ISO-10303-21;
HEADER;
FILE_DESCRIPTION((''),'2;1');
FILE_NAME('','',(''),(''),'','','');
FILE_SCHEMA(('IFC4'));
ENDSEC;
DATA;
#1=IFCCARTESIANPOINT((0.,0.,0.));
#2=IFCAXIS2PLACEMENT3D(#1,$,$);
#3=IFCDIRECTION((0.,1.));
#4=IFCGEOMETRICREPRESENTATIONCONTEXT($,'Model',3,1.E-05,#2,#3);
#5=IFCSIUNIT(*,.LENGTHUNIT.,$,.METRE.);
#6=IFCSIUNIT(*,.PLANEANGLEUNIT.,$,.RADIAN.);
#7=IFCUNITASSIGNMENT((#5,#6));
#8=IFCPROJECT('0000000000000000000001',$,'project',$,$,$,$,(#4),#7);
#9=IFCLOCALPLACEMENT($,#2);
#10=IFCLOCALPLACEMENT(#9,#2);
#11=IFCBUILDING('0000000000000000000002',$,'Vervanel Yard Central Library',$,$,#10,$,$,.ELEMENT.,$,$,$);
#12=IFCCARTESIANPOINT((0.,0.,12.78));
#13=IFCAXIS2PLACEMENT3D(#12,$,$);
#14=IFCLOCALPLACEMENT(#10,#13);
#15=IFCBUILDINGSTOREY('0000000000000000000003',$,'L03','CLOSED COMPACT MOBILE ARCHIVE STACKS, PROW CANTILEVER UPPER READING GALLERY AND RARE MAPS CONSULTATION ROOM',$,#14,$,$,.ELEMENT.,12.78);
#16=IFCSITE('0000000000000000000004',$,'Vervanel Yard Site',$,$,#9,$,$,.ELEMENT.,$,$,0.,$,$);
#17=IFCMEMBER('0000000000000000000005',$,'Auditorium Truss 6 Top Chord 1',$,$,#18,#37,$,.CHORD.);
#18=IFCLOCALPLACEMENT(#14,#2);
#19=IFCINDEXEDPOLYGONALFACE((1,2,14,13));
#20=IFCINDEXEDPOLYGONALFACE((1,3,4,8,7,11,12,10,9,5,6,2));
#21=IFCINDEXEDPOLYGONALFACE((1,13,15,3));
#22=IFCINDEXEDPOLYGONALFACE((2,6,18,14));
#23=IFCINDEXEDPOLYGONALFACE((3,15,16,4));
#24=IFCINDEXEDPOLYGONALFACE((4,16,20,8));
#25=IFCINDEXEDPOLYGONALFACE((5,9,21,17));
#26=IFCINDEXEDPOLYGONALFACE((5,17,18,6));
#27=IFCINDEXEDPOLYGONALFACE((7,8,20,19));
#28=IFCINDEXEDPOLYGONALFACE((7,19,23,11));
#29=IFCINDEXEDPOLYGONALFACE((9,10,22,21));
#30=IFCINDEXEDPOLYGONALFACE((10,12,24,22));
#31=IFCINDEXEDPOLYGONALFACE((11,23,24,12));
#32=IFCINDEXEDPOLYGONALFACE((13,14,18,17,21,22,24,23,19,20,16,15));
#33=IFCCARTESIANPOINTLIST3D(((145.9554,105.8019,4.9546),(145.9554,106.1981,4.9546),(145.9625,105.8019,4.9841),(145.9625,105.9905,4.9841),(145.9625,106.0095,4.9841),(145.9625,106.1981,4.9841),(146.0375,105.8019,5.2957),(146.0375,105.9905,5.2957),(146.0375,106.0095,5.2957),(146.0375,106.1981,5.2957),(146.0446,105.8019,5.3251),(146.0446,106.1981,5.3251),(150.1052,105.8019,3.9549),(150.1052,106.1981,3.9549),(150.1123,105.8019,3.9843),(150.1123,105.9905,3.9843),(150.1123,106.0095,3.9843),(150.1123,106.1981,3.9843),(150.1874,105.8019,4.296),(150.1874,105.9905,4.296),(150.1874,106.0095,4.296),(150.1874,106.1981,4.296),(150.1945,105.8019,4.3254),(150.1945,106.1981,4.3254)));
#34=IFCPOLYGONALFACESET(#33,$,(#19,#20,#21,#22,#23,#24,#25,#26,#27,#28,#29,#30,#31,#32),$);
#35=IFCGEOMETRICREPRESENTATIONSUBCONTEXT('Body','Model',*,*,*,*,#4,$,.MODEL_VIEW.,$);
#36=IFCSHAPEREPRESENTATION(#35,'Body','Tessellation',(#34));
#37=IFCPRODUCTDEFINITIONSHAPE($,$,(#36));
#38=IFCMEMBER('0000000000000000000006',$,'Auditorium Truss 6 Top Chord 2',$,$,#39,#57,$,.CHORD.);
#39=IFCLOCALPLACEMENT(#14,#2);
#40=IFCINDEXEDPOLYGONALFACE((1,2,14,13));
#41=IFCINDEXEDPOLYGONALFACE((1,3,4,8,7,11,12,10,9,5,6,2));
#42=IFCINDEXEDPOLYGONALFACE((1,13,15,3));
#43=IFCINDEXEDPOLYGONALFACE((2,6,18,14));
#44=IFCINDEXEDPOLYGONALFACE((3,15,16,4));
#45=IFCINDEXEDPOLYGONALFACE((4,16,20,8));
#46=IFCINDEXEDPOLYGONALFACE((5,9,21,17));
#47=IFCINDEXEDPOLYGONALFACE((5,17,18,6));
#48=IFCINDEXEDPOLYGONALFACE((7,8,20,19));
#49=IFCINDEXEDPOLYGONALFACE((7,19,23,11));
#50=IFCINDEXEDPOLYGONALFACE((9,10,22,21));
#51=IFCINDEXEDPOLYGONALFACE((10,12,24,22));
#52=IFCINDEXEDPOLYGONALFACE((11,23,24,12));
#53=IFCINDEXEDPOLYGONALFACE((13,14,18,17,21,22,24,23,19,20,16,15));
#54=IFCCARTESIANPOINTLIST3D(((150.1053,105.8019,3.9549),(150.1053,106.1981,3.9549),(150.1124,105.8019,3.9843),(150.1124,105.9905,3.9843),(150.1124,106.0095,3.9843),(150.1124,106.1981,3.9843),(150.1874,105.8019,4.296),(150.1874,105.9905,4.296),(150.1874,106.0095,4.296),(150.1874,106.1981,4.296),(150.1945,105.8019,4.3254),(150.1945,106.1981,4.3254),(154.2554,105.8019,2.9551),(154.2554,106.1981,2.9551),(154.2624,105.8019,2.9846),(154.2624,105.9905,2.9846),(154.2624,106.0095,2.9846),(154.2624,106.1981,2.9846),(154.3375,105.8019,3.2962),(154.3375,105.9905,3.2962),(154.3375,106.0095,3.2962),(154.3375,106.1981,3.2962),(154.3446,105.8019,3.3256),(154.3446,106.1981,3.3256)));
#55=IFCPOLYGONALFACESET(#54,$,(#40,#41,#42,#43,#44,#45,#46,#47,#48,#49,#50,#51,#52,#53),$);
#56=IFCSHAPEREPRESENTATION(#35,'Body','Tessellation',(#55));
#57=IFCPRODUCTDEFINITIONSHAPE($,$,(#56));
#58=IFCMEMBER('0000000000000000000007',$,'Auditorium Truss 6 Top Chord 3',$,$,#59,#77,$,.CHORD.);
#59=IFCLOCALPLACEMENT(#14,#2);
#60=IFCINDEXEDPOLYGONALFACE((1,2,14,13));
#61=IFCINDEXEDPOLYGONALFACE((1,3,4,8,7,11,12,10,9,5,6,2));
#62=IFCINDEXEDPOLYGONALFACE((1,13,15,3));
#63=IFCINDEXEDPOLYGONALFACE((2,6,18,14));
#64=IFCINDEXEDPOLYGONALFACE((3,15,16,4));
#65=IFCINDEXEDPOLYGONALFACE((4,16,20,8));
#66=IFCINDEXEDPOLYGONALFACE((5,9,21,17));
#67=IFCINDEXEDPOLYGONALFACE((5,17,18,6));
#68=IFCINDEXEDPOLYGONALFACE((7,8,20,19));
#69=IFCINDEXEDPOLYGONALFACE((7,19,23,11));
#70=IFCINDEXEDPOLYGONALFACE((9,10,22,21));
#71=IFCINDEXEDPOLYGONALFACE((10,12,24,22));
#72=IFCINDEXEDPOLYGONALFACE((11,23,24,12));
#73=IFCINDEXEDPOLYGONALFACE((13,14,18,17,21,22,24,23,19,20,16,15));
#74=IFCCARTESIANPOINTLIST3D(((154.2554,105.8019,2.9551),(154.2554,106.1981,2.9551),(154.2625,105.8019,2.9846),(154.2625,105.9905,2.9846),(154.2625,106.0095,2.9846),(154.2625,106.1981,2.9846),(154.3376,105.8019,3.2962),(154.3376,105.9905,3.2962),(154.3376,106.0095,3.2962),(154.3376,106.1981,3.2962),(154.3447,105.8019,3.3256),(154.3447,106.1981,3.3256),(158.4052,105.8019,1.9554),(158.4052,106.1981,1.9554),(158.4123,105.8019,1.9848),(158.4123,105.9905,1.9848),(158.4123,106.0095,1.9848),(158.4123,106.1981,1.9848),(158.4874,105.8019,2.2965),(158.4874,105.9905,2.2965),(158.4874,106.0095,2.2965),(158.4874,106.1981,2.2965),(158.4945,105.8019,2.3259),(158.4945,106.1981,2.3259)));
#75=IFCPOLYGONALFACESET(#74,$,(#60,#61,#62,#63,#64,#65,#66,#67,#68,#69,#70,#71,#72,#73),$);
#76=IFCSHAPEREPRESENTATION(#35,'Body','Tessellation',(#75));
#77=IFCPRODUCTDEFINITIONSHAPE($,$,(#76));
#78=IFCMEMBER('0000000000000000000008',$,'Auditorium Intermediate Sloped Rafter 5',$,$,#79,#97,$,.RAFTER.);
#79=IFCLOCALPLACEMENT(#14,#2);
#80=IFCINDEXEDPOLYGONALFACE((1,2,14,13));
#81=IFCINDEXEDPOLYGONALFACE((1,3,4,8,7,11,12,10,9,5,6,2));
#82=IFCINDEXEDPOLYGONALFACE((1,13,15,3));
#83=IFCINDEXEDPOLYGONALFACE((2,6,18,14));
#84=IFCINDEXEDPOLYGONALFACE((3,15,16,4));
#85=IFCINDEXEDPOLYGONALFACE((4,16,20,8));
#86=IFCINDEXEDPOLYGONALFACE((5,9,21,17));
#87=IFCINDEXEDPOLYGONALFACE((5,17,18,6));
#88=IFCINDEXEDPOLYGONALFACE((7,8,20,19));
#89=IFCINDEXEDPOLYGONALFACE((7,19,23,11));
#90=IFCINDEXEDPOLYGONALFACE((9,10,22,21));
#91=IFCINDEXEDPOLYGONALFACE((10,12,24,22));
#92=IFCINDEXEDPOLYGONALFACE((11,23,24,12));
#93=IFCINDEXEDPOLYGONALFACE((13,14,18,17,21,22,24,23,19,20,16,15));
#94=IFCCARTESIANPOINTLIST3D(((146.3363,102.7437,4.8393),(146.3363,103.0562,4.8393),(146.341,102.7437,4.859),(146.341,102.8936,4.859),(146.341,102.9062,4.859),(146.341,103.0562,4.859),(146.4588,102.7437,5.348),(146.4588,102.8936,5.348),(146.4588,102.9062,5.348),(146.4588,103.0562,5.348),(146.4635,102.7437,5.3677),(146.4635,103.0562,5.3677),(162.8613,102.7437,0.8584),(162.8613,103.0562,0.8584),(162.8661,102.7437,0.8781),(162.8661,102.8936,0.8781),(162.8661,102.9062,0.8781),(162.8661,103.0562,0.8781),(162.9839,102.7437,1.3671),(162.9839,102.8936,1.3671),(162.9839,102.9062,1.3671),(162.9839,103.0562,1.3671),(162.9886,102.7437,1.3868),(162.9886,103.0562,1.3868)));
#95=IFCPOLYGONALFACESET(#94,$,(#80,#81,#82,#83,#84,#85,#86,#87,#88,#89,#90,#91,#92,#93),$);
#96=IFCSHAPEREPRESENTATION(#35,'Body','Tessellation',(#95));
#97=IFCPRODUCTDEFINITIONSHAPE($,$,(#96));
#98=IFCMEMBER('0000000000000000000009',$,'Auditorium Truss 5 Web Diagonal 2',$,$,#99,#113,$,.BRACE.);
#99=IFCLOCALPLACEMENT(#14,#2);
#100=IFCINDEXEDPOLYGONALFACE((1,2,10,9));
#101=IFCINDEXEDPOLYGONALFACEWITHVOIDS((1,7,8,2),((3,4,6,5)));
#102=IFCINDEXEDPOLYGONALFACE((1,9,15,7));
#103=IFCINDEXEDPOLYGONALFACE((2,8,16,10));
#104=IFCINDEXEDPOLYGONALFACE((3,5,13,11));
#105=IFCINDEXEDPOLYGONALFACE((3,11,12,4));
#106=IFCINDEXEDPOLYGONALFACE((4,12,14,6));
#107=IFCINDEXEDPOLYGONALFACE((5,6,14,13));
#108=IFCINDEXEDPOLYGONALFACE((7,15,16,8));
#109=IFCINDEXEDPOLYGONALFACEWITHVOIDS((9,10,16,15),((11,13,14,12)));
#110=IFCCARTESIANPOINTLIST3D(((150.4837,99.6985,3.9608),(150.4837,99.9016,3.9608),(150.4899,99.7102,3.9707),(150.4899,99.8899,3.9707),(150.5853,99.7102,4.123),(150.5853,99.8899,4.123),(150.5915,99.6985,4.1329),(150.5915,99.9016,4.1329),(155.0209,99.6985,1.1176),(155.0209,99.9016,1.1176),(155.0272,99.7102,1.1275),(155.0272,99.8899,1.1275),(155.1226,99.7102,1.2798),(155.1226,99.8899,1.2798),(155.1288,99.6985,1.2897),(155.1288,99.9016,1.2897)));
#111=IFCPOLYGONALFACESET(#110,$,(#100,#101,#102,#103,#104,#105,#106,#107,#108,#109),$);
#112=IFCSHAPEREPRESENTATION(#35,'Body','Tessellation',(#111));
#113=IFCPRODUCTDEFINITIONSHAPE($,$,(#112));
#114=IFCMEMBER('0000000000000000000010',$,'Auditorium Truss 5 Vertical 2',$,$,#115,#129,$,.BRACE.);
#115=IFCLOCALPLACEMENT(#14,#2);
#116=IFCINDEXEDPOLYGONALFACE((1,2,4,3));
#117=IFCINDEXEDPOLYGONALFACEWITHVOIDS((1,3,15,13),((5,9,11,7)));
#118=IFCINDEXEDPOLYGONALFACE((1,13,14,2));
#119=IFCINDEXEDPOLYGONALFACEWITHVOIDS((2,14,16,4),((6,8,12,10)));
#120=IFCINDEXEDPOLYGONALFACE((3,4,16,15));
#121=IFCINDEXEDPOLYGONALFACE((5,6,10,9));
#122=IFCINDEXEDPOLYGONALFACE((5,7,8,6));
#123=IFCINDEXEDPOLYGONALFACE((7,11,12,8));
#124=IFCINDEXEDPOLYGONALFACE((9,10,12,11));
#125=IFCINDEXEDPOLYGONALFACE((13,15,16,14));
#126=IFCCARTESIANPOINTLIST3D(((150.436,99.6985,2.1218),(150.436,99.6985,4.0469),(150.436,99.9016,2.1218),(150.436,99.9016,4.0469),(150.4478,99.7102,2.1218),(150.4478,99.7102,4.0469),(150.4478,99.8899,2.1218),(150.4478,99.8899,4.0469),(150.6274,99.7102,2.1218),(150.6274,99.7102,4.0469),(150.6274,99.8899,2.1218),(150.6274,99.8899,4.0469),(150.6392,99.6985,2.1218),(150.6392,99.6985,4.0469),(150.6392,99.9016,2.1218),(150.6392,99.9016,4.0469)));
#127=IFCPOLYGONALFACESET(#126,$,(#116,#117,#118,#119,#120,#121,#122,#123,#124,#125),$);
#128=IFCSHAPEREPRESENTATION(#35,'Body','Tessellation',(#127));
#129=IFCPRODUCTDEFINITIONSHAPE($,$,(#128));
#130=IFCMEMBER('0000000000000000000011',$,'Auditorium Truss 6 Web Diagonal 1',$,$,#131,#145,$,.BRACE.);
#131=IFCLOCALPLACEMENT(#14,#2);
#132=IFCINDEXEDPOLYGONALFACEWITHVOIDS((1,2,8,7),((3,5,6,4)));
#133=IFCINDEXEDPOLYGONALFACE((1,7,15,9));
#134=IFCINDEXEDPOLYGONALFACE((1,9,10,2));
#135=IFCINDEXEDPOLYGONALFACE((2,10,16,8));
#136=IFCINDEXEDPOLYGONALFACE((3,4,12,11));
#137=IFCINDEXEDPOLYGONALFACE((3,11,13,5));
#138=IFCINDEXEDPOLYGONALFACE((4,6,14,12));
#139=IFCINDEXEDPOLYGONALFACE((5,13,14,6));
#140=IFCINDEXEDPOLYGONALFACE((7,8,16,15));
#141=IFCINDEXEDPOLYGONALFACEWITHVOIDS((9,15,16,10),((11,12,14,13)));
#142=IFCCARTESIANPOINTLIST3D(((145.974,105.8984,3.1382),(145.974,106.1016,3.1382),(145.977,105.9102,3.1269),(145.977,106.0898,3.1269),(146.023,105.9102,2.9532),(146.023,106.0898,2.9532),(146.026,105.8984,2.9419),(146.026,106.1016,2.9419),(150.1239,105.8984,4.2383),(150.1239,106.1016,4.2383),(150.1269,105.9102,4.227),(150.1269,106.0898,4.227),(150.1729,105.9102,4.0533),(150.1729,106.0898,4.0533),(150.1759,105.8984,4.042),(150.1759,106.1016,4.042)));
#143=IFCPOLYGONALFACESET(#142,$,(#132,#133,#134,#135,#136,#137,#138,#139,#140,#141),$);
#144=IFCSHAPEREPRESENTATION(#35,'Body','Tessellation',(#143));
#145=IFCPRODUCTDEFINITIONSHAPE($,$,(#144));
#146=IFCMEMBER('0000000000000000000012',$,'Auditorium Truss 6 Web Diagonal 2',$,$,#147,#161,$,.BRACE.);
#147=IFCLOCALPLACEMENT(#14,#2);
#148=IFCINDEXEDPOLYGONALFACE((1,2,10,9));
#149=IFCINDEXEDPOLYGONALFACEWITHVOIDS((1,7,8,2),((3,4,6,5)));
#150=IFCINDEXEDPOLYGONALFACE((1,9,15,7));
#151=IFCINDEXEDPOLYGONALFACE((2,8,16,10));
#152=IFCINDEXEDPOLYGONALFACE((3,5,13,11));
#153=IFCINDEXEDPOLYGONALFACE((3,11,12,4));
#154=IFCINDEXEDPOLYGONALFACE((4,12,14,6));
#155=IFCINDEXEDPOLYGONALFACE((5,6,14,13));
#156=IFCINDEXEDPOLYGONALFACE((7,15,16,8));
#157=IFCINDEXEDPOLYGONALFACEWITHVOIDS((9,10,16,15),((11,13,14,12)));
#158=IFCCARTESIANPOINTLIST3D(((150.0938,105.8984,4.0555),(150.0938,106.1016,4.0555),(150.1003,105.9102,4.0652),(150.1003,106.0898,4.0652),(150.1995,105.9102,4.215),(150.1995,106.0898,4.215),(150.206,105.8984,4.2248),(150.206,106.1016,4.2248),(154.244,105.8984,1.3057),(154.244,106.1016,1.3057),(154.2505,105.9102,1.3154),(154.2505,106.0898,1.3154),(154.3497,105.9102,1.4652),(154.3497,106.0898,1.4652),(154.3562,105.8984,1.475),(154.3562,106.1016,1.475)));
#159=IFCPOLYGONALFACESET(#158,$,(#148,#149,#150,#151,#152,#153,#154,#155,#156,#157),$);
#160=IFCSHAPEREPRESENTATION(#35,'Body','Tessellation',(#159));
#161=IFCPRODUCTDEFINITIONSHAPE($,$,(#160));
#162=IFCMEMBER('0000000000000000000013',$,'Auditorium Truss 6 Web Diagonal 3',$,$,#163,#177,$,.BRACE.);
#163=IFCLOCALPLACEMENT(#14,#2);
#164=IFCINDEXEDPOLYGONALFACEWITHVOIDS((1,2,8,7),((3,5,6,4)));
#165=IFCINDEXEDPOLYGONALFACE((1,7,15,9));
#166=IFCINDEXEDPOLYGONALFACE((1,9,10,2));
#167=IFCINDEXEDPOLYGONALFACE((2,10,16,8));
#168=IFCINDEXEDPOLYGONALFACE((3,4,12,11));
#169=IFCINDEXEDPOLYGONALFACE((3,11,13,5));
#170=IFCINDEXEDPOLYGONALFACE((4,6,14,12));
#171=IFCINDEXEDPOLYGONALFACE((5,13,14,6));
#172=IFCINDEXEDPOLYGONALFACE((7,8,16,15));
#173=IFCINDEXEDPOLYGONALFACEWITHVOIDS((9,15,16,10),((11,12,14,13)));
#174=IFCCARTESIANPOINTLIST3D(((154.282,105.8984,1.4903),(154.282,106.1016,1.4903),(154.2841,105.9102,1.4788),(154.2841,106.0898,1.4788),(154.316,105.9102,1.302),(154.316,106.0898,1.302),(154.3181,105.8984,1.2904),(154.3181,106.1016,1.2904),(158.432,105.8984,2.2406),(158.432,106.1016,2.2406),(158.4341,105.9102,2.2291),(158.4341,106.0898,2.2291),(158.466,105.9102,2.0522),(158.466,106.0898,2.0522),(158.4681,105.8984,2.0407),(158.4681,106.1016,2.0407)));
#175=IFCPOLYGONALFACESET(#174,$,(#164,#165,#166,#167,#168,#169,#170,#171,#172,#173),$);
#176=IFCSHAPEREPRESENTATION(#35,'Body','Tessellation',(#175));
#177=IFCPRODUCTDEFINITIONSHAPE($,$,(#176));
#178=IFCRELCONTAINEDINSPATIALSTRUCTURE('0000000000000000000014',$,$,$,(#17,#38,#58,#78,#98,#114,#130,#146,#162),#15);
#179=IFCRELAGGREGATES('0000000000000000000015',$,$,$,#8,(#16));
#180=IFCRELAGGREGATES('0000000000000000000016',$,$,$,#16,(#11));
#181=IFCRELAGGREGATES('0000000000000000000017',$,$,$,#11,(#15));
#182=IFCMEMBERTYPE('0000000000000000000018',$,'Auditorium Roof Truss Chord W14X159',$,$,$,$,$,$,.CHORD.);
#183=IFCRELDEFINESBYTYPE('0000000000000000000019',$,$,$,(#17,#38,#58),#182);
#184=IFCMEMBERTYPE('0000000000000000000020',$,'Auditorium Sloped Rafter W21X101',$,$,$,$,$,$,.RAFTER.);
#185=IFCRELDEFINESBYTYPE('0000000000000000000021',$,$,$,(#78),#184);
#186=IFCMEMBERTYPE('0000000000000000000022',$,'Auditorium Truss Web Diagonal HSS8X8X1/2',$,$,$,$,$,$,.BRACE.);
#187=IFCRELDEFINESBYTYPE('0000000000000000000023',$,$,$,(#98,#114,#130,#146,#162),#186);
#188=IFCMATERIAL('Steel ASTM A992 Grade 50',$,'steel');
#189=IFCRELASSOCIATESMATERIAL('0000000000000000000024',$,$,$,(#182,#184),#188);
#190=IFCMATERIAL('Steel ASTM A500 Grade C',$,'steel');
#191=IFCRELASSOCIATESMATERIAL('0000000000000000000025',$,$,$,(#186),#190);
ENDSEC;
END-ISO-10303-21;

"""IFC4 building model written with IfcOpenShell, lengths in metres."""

from ifc_helpers import new_model, si_unit, direction, frame, origin, origin_2d, place, context, subcontext, project, spatial, hollow_rectangle, i_section, extrude, material, material_profile, profile_set, type_object, element, save


model = new_model("IFC4")

# Units and contexts
model_context = context("Model", 3, precision=1e-05, world=origin(), true_north=direction((0.0, 1.0)))
body_context = subcontext(model_context, "Body", "Model", "MODEL_VIEW")
ifc_project = project(units=[si_unit("LENGTHUNIT", "METRE"), si_unit("PLANEANGLEUNIT", "RADIAN")], contexts=[model_context])

# Site, building, storey
site_placement = place(None, origin())
site = spatial("IfcSite", under=ifc_project, at=site_placement, Name="Vervanel Yard Site", CompositionType="ELEMENT", RefElevation=0.0)
building_placement = place(site_placement, origin())
building = spatial("IfcBuilding", under=site, at=building_placement, Name="Vervanel Yard Central Library", CompositionType="ELEMENT")
storey_placement = place(building_placement, frame((0.0, 0.0, 12.78)))
storey = spatial("IfcBuildingStorey", under=building, at=storey_placement, Name="L03", Description="CLOSED COMPACT MOBILE ARCHIVE STACKS, PROW CANTILEVER UPPER READING GALLERY AND RARE MAPS CONSULTATION ROOM", CompositionType="ELEMENT", Elevation=12.78)

# Shared definitions
ifc_material_1 = material(Name="Steel ASTM A992 Grade 50", Category="steel")

# Members
ifc_material_profile_1 = material_profile(ifc_material_1, i_section(OverallWidth=0.3962, OverallDepth=0.3811, WebThickness=0.019, FlangeThickness=0.0303, at=origin_2d()), Name="W14X159", Category="steel")
ifc_profile_set_1 = profile_set([ifc_material_profile_1], Name="Steel ASTM A992 Grade 50")
member_type_1 = type_object("IfcMemberType", Name="Auditorium Roof Truss Chord W14X159", PredefinedType="CHORD", material=ifc_profile_set_1)
member_1_placement = place(storey_placement, frame((146.0, 106.0, 5.1399), z_axis=(0.972186, 0.0, -0.23421), x_axis=(0.0, 1.0, 0.0)))
element("IfcMember", 1, at=member_1_placement, inside=storey, type_object=member_type_1, Name="Auditorium Truss 6 Top Chord 1", PredefinedType="CHORD", context=body_context, shape_type="SweptSolid", body=[
    extrude(i_section(OverallWidth=0.3962, OverallDepth=0.3811, WebThickness=0.019, FlangeThickness=0.0303, at=origin_2d()), origin(), (0.0, 0.0, 1.0), 4.2686),
])
member_2_placement = place(storey_placement, frame((150.1499, 106.0, 4.1401), z_axis=(0.972189, 0.0, -0.234197), x_axis=(0.0, 1.0, 0.0)))
element("IfcMember", 2, at=member_2_placement, inside=storey, type_object=member_type_1, Name="Auditorium Truss 6 Top Chord 2", PredefinedType="CHORD", context=body_context, shape_type="SweptSolid", body=[
    extrude(i_section(OverallWidth=0.3962, OverallDepth=0.3811, WebThickness=0.019, FlangeThickness=0.0303, at=origin_2d()), origin(), (0.0, 0.0, 1.0), 4.2688),
])
member_3_placement = place(storey_placement, frame((154.3, 106.0, 3.1404), z_axis=(0.972186, 0.0, -0.23421), x_axis=(0.0, 1.0, 0.0)))
element("IfcMember", 3, at=member_3_placement, inside=storey, type_object=member_type_1, Name="Auditorium Truss 6 Top Chord 3", PredefinedType="CHORD", context=body_context, shape_type="SweptSolid", body=[
    extrude(i_section(OverallWidth=0.3962, OverallDepth=0.3811, WebThickness=0.019, FlangeThickness=0.0303, at=origin_2d()), origin(), (0.0, 0.0, 1.0), 4.2686),
])
ifc_material_profile_2 = material_profile(ifc_material_1, i_section(OverallWidth=0.3125, OverallDepth=0.5435, WebThickness=0.0127, FlangeThickness=0.0203, at=origin_2d()), Name="W21X101", Category="steel")
ifc_profile_set_2 = profile_set([ifc_material_profile_2], Name="Steel ASTM A992 Grade 50")
member_type_2 = type_object("IfcMemberType", Name="Auditorium Sloped Rafter W21X101", PredefinedType="RAFTER", material=ifc_profile_set_2)
member_4_placement = place(storey_placement, frame((146.3999, 102.8999, 5.1035), z_axis=(0.972188, 0.0, -0.234203), x_axis=(0.0, 1.0, 0.0)))
element("IfcMember", 4, at=member_4_placement, inside=storey, type_object=member_type_2, Name="Auditorium Intermediate Sloped Rafter 5", PredefinedType="RAFTER", context=body_context, shape_type="SweptSolid", body=[
    extrude(i_section(OverallWidth=0.3125, OverallDepth=0.5435, WebThickness=0.0127, FlangeThickness=0.0203, at=origin_2d()), origin(), (0.0, 0.0, 1.0), 16.9978),
])
ifc_material_2 = material(Name="Steel ASTM A500 Grade C", Category="steel")
ifc_material_profile_3 = material_profile(ifc_material_2, hollow_rectangle(XDim=0.2031, YDim=0.2031, WallThickness=0.0117, at=origin_2d()), Name="HSS8X8X1/2", Category="steel")
ifc_profile_set_3 = profile_set([ifc_material_profile_3], Name="Steel ASTM A500 Grade C")
member_type_3 = type_object("IfcMemberType", Name="Auditorium Truss Web Diagonal HSS8X8X1/2", PredefinedType="BRACE", material=ifc_profile_set_3)
member_5_placement = place(storey_placement, frame((150.5376, 99.8, 4.0469), z_axis=(0.847375, 0.0, -0.530994), x_axis=(0.0, 1.0, 0.0)))
element("IfcMember", 5, at=member_5_placement, inside=storey, type_object=member_type_3, Name="Auditorium Truss 5 Web Diagonal 2", PredefinedType="BRACE", context=body_context, shape_type="SweptSolid", body=[
    extrude(hollow_rectangle(XDim=0.2031, YDim=0.2031, WallThickness=0.0117, at=origin_2d()), origin(), (0.0, 0.0, 1.0), 5.3545),
])
member_6_placement = place(storey_placement, frame((150.5376, 99.8, 2.1218), z_axis=(0.0, 0.0, 1.0), x_axis=(1.0, 0.0, 0.0)))
element("IfcMember", 6, at=member_6_placement, inside=storey, type_object=member_type_3, Name="Auditorium Truss 5 Vertical 2", PredefinedType="BRACE", context=body_context, shape_type="SweptSolid", body=[
    extrude(hollow_rectangle(XDim=0.2031, YDim=0.2031, WallThickness=0.0117, at=origin_2d()), origin(), (0.0, 0.0, 1.0), 1.925),
])
member_7_placement = place(storey_placement, frame((146.0, 106.0, 3.04), z_axis=(0.966613, 0.0, 0.25624), x_axis=(0.0, 1.0, 0.0)))
element("IfcMember", 7, at=member_7_placement, inside=storey, type_object=member_type_3, Name="Auditorium Truss 6 Web Diagonal 1", PredefinedType="BRACE", context=body_context, shape_type="SweptSolid", body=[
    extrude(hollow_rectangle(XDim=0.2031, YDim=0.2031, WallThickness=0.0117, at=origin_2d()), origin(), (0.0, 0.0, 1.0), 4.2932),
])
member_8_placement = place(storey_placement, frame((150.1499, 106.0, 4.1401), z_axis=(0.833624, 0.0, -0.552333), x_axis=(0.0, 1.0, 0.0)))
element("IfcMember", 8, at=member_8_placement, inside=storey, type_object=member_type_3, Name="Auditorium Truss 6 Web Diagonal 2", PredefinedType="BRACE", context=body_context, shape_type="SweptSolid", body=[
    extrude(hollow_rectangle(XDim=0.2031, YDim=0.2031, WallThickness=0.0117, at=origin_2d()), origin(), (0.0, 0.0, 1.0), 4.9785),
])
member_9_placement = place(storey_placement, frame((154.3, 106.0, 1.3904), z_axis=(0.984048, 0.0, 0.177902), x_axis=(0.0, 1.0, 0.0)))
element("IfcMember", 9, at=member_9_placement, inside=storey, type_object=member_type_3, Name="Auditorium Truss 6 Web Diagonal 3", PredefinedType="BRACE", context=body_context, shape_type="SweptSolid", body=[
    extrude(hollow_rectangle(XDim=0.2031, YDim=0.2031, WallThickness=0.0117, at=origin_2d()), origin(), (0.0, 0.0, 1.0), 4.2173),
])

save(model, "model.ifc")
